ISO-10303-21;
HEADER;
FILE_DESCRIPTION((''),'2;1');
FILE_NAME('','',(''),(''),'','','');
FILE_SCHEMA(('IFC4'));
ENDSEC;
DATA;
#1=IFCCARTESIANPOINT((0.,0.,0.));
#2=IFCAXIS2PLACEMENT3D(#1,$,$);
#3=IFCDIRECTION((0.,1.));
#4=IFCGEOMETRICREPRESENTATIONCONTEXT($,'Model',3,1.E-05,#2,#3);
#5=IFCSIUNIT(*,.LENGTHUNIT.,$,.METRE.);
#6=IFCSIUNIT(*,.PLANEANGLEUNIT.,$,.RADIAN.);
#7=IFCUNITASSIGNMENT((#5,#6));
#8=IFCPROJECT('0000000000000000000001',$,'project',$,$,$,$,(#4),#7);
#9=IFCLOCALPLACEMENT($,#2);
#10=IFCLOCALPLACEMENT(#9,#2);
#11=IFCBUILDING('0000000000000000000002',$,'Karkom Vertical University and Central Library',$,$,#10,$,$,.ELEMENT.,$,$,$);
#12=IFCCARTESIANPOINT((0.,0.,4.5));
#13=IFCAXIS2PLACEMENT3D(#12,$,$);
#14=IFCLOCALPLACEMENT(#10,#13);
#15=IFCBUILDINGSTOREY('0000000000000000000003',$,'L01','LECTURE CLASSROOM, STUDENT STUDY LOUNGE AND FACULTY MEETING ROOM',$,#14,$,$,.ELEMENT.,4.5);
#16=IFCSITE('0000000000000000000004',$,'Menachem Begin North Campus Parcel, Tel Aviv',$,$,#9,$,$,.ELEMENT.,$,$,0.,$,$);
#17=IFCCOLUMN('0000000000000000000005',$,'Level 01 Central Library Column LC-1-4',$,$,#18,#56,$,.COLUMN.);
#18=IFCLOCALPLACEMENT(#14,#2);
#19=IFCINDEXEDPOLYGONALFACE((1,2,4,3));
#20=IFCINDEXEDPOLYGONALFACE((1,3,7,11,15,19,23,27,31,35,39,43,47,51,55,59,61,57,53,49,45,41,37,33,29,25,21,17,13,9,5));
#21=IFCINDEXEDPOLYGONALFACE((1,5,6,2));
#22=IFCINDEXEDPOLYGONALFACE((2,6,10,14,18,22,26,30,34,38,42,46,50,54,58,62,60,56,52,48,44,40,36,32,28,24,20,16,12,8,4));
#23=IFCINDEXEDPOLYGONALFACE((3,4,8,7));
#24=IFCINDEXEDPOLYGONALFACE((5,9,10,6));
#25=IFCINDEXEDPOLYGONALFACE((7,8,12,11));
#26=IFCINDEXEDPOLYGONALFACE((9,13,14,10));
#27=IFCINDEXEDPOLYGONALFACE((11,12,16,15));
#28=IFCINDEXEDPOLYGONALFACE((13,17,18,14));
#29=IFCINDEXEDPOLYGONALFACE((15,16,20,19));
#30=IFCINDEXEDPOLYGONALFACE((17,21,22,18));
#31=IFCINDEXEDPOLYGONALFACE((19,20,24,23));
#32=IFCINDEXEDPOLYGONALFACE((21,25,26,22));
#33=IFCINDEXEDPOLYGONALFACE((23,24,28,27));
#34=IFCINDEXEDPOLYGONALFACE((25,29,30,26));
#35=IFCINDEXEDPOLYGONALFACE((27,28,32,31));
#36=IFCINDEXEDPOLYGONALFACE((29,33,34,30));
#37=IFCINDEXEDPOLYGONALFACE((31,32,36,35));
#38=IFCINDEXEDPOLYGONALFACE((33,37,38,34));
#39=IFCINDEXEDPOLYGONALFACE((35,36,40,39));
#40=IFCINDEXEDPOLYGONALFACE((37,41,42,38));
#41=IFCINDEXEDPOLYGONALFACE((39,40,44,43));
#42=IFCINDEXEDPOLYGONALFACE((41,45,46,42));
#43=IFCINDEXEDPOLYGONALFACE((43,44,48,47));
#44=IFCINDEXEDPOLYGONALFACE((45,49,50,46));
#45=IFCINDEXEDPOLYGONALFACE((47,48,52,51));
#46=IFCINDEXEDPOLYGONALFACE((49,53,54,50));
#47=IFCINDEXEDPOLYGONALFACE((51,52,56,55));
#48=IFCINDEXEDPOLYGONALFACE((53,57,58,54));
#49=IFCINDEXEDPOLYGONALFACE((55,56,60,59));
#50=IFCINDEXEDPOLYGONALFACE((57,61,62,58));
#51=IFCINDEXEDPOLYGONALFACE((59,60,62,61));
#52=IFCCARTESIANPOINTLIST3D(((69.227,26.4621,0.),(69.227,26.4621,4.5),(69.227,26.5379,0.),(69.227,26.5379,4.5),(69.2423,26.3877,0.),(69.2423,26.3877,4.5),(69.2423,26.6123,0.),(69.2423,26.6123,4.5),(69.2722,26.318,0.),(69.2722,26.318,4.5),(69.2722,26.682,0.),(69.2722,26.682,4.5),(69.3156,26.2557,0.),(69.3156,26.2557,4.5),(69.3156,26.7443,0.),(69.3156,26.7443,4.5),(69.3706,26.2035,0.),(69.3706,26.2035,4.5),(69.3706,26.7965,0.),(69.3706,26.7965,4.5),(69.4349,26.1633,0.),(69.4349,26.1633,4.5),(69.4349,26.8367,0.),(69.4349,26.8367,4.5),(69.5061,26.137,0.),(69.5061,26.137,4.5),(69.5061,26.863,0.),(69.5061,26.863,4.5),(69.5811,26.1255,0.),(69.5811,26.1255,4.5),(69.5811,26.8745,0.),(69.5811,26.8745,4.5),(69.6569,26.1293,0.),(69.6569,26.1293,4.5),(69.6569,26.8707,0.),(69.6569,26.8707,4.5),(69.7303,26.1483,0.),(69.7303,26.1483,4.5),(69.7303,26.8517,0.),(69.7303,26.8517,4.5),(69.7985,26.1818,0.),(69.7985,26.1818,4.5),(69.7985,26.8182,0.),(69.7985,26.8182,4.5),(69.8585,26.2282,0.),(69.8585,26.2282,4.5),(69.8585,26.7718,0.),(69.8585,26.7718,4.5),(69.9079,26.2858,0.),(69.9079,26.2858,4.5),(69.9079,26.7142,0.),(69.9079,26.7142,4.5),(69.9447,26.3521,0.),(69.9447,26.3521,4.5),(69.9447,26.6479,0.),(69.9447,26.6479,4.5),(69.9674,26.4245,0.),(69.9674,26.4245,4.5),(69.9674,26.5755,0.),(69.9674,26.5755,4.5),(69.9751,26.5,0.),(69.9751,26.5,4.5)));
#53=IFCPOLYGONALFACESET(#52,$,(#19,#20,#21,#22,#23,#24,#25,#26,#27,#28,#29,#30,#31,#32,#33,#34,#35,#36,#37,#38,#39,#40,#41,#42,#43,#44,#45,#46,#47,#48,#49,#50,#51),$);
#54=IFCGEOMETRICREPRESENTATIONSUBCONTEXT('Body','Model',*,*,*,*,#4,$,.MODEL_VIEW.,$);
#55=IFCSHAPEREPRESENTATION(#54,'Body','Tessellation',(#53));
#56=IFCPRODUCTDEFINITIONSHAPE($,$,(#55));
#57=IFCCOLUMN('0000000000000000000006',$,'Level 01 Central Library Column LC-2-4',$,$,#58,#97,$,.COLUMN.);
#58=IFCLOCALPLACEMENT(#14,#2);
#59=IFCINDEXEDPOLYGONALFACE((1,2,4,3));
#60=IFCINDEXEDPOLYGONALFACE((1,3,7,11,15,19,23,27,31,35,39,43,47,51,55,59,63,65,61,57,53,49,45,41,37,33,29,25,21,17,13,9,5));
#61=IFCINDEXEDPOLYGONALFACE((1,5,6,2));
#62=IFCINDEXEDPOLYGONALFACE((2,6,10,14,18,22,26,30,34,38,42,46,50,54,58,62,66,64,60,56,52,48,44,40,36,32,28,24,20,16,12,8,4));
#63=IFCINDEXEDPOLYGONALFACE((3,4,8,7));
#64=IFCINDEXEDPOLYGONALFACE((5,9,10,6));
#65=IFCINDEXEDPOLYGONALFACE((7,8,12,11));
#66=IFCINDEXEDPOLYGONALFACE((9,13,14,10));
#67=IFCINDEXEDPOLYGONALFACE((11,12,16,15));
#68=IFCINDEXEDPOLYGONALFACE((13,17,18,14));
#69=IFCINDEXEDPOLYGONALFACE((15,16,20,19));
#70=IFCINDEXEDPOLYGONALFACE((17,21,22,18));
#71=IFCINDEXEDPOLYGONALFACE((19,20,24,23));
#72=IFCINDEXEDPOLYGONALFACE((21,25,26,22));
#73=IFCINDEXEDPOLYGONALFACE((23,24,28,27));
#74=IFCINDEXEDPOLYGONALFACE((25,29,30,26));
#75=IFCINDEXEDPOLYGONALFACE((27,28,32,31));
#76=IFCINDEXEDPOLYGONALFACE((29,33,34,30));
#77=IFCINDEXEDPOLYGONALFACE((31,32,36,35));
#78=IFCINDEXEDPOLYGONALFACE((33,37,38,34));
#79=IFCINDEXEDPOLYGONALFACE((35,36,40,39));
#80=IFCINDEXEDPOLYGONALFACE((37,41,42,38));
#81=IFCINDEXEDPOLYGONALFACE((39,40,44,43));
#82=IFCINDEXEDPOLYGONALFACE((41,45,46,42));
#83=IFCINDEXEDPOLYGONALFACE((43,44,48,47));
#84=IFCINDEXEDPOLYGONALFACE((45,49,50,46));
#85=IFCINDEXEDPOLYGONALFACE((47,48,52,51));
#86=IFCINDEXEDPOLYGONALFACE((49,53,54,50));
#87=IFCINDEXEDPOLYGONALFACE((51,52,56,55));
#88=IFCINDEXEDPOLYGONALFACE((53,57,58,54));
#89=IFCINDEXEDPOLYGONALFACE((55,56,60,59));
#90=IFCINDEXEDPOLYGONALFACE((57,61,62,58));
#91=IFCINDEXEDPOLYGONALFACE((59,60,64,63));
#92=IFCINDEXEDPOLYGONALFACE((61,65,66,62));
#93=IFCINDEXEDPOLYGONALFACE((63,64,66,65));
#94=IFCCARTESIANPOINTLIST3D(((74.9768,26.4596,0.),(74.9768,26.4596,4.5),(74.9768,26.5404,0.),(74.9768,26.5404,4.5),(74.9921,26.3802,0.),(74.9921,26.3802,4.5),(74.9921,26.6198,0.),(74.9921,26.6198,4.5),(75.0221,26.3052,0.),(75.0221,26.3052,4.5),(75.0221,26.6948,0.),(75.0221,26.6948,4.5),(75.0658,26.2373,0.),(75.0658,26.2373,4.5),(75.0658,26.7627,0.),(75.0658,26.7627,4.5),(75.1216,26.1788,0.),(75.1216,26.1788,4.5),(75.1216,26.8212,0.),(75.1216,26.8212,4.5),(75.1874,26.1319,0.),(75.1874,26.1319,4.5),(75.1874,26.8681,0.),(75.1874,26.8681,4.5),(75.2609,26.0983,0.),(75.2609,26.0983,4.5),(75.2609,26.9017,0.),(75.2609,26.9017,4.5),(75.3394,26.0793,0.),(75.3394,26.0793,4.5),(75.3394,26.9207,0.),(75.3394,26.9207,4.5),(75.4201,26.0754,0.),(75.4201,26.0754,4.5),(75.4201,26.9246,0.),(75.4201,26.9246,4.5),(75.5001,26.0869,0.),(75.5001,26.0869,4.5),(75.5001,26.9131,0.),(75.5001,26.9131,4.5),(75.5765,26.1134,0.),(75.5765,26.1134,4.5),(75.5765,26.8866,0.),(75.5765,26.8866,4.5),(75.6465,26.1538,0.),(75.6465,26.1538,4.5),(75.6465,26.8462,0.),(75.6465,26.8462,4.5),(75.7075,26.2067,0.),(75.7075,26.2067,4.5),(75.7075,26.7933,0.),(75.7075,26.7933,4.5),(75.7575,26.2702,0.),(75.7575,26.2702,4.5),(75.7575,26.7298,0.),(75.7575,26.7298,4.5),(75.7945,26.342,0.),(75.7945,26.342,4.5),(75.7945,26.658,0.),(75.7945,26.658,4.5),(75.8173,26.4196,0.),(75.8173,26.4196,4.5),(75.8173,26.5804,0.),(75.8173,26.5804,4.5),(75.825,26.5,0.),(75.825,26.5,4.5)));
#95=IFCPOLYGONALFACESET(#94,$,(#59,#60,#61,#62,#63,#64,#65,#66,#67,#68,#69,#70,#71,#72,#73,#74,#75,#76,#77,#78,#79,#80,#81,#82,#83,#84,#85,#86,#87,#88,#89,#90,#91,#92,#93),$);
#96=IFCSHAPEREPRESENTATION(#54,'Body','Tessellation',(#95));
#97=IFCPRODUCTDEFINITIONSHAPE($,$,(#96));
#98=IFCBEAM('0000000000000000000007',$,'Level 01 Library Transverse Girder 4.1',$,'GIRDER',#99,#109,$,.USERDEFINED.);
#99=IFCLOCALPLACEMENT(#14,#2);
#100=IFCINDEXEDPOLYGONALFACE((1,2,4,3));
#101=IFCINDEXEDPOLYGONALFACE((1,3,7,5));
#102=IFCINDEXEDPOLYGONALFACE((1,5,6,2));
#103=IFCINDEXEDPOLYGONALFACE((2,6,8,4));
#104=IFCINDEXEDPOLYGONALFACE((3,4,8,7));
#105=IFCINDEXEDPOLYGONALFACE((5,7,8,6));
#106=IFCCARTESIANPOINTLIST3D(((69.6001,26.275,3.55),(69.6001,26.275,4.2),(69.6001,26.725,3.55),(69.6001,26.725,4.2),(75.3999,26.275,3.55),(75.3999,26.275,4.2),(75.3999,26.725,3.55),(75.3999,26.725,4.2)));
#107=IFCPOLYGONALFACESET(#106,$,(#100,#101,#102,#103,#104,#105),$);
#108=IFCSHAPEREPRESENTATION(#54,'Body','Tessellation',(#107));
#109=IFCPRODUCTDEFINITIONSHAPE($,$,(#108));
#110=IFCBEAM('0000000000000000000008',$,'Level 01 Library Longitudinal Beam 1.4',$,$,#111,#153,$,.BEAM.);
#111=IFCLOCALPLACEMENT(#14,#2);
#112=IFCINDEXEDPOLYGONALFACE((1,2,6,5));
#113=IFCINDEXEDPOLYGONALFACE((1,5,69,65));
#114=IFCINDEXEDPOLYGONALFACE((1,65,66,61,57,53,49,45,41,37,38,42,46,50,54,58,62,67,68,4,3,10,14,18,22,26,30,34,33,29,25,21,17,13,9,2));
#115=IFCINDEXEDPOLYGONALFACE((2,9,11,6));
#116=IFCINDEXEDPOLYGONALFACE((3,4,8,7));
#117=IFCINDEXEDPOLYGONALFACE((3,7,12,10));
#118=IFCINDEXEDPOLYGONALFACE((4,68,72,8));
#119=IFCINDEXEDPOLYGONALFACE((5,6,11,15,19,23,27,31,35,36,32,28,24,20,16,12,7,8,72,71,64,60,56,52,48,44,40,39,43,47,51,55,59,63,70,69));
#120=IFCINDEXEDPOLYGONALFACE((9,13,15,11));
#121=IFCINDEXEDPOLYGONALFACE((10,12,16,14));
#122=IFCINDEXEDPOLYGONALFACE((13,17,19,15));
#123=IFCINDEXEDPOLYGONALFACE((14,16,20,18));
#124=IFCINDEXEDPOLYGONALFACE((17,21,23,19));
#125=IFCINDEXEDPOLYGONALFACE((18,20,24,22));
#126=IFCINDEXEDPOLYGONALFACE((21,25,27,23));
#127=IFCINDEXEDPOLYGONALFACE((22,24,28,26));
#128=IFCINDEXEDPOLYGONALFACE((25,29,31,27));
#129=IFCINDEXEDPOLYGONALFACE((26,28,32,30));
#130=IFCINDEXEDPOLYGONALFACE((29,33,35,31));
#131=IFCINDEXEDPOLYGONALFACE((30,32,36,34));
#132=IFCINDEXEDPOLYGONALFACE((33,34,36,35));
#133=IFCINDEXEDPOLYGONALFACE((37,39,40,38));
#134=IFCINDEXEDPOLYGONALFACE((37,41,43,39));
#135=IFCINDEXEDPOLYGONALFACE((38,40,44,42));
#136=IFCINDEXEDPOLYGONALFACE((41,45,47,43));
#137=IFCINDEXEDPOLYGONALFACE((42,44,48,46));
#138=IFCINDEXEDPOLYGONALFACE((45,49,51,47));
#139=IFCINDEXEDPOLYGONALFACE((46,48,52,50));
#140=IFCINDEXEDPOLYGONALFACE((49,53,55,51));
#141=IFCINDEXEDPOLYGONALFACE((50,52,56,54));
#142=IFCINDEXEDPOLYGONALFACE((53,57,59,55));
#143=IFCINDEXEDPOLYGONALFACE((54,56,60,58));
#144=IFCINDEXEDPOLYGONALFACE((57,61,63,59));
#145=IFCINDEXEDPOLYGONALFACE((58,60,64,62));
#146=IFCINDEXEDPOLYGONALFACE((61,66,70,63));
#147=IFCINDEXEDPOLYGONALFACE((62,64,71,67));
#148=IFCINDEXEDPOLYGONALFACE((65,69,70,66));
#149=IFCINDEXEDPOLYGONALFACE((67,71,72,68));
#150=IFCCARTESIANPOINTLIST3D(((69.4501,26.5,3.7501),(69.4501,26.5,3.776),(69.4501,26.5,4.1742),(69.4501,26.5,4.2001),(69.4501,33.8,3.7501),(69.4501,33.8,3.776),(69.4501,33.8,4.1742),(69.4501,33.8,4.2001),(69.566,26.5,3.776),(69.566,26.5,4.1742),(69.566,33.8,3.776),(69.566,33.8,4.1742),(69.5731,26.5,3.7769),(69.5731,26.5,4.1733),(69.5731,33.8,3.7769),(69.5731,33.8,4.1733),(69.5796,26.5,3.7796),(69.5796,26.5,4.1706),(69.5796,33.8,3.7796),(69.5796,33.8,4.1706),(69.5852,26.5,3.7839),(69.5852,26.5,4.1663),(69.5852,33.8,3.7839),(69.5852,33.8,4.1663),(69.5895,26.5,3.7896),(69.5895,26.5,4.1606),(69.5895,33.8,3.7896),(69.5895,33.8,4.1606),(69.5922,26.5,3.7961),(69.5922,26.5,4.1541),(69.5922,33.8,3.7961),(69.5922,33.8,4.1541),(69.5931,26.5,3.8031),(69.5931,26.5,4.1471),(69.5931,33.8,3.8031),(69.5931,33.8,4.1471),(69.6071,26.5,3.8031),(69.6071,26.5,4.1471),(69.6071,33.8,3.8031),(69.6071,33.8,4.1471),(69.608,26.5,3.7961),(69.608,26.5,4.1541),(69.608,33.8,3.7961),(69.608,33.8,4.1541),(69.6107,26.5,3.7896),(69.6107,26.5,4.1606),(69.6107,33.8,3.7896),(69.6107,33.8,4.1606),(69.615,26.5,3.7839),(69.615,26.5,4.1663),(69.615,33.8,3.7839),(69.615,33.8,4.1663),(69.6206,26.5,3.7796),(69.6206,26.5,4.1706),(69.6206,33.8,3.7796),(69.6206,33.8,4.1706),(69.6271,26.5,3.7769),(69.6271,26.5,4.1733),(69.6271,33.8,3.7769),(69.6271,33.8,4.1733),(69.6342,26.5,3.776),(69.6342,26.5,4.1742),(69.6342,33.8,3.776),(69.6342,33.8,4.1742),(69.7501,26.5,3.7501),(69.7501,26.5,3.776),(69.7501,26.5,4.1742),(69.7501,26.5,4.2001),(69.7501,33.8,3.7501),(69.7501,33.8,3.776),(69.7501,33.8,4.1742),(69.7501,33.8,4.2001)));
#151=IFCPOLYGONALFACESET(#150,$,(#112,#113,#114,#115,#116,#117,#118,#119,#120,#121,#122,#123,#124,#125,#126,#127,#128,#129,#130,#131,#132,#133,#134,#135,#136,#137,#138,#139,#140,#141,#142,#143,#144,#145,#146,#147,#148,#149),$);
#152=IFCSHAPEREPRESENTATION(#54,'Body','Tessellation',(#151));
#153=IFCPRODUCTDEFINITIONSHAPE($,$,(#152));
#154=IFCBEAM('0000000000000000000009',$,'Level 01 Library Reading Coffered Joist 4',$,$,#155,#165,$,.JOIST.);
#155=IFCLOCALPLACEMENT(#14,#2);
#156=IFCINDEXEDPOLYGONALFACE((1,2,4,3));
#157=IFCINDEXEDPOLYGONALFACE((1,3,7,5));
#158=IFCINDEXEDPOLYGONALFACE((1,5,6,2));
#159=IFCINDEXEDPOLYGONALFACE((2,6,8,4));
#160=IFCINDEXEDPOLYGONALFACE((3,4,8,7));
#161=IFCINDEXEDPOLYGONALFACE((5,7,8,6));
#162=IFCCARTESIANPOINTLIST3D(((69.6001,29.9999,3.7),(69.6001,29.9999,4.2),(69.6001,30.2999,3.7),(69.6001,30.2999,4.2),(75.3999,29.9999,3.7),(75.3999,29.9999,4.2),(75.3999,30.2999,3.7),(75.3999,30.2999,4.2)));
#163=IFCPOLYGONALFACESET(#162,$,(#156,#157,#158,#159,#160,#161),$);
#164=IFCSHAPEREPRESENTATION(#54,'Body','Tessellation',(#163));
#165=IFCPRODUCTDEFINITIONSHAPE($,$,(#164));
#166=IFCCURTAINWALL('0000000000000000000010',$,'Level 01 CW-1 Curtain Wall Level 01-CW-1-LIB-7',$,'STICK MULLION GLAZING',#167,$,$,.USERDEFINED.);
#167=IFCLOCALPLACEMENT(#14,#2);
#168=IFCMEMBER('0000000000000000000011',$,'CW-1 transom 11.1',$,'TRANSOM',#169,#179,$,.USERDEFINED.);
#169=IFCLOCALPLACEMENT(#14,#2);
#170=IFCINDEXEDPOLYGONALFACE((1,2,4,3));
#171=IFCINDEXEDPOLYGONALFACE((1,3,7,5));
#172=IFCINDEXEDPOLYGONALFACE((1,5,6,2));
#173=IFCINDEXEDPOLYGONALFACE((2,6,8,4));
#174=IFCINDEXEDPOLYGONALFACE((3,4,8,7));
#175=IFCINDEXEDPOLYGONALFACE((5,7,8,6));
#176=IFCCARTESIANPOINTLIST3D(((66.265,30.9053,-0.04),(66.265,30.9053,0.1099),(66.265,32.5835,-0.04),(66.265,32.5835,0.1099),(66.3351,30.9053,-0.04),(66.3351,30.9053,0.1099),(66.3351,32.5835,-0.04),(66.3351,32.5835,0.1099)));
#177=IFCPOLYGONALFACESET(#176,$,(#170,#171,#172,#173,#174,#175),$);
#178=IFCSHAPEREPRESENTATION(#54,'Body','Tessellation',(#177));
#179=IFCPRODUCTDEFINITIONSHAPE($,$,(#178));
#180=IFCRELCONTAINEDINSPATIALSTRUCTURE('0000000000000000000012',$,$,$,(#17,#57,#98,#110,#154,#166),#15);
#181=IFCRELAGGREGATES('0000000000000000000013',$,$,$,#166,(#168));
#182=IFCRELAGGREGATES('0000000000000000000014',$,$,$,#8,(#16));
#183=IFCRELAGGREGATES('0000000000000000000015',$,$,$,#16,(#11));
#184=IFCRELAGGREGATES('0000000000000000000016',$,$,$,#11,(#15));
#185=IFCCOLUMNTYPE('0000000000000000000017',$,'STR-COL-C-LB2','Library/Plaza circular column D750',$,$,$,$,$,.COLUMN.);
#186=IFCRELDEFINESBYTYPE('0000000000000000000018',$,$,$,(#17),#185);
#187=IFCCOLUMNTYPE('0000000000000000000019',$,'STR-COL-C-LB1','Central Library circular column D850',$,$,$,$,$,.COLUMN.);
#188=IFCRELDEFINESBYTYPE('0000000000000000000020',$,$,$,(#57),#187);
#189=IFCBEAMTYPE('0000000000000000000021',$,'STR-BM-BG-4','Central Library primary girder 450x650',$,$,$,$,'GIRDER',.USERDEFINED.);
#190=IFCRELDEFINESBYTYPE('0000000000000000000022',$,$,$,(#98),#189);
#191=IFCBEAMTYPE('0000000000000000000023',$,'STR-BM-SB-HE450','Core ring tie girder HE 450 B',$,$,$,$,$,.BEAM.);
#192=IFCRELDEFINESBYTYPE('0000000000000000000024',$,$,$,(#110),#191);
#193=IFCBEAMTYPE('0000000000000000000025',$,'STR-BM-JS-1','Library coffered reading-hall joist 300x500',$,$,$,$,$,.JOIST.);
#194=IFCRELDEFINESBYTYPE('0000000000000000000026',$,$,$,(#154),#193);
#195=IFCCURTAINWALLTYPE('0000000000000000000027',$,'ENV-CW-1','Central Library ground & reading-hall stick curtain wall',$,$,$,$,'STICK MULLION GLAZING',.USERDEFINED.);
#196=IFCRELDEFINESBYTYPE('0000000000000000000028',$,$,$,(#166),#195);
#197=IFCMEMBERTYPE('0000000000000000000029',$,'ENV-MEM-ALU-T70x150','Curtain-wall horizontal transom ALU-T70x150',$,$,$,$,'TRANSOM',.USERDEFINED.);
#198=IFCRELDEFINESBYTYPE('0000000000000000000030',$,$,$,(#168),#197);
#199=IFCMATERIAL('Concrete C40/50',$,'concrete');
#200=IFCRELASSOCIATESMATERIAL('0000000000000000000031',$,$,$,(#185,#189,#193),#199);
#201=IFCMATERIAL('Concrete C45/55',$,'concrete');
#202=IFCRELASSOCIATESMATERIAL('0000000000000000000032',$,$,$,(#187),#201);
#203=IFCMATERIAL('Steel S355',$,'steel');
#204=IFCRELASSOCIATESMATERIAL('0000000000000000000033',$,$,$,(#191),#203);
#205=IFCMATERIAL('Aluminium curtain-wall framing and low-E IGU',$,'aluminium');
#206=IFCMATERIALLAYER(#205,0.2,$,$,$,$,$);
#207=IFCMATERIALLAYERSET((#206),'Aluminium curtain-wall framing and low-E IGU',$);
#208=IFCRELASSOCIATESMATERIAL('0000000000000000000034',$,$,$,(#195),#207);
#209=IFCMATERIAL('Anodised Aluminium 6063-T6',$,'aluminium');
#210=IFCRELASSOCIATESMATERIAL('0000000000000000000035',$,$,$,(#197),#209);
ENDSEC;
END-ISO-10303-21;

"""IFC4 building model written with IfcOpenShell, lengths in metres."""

from ifc_helpers import new_model, si_unit, direction, frame, origin, origin_with_axes, origin_2d, place, context, subcontext, project, spatial, rectangle, circle, i_section, extrude, source, transform, mapped, material, layer, layer_set, material_profile, profile_set, type_object, element, aggregate, save


model = new_model("IFC4")

# Units and contexts
model_context = context("Model", 3, precision=1e-05, world=origin(), true_north=direction((0.0, 1.0)))
body_context = subcontext(model_context, "Body", "Model", "MODEL_VIEW")
ifc_project = project(units=[si_unit("LENGTHUNIT", "METRE"), si_unit("PLANEANGLEUNIT", "RADIAN")], contexts=[model_context])

# Site, building, storey
site_placement = place(None, origin())
site = spatial("IfcSite", under=ifc_project, at=site_placement, Name="Menachem Begin North Campus Parcel, Tel Aviv", CompositionType="ELEMENT", RefElevation=0.0)
building_placement = place(site_placement, origin())
building = spatial("IfcBuilding", under=site, at=building_placement, Name="Karkom Vertical University and Central Library", CompositionType="ELEMENT")
storey_placement = place(building_placement, frame((0.0, 0.0, 4.5)))
storey = spatial("IfcBuildingStorey", under=building, at=storey_placement, Name="L01", Description="LECTURE CLASSROOM, STUDENT STUDY LOUNGE AND FACULTY MEETING ROOM", CompositionType="ELEMENT", Elevation=4.5)

# Columns
ifc_material_1 = material(Name="Concrete C40/50", Category="concrete")
ifc_material_profile_1 = material_profile(ifc_material_1, circle(Radius=0.375, at=origin_2d()), Name="RC-D750")
ifc_profile_set_1 = profile_set([ifc_material_profile_1], Name="Concrete C40/50")
column_type_1 = type_object("IfcColumnType", Name="STR-COL-C-LB2", Description="Library/Plaza circular column D750", PredefinedType="COLUMN", material=ifc_profile_set_1)
shared_shape_1 = source(origin_with_axes(), body_context, "Body", "SweptSolid", [
    extrude(circle(Radius=0.375, at=origin_2d()), origin(), (0.0, 0.0, 1.0), 4.5),
])
column_1_placement = place(storey_placement, frame((69.6001, 26.5, 0.0), z_axis=(0.0, 0.0, 1.0), x_axis=(1.0, 0.0, 0.0)))
element("IfcColumn", 1, at=column_1_placement, inside=storey, type_object=column_type_1, Name="Level 01 Central Library Column LC-1-4", PredefinedType="COLUMN", context=body_context, shape_type="MappedRepresentation", body=[
    mapped(shared_shape_1, transform((0.0, 0.0, 0.0), scale=1.0)),
])
ifc_material_2 = material(Name="Concrete C45/55", Category="concrete")
ifc_material_profile_2 = material_profile(ifc_material_2, circle(Radius=0.425, at=origin_2d()), Name="RC-D850")
ifc_profile_set_2 = profile_set([ifc_material_profile_2], Name="Concrete C45/55")
column_type_2 = type_object("IfcColumnType", Name="STR-COL-C-LB1", Description="Central Library circular column D850", PredefinedType="COLUMN", material=ifc_profile_set_2)
shared_shape_2 = source(origin_with_axes(), body_context, "Body", "SweptSolid", [
    extrude(circle(Radius=0.425, at=origin_2d()), origin(), (0.0, 0.0, 1.0), 4.5),
])
column_2_placement = place(storey_placement, frame((75.3999, 26.5, 0.0), z_axis=(0.0, 0.0, 1.0), x_axis=(1.0, 0.0, 0.0)))
element("IfcColumn", 2, at=column_2_placement, inside=storey, type_object=column_type_2, Name="Level 01 Central Library Column LC-2-4", PredefinedType="COLUMN", context=body_context, shape_type="MappedRepresentation", body=[
    mapped(shared_shape_2, transform((0.0, 0.0, 0.0), scale=1.0)),
])

# Beams
ifc_material_profile_3 = material_profile(ifc_material_1, rectangle(XDim=0.45, YDim=0.6499, at=origin_2d()), Name="RCB-450x650")
ifc_profile_set_3 = profile_set([ifc_material_profile_3], Name="Concrete C40/50")
beam_type_1 = type_object("IfcBeamType", Name="STR-BM-BG-4", Description="Central Library primary girder 450x650", ElementType="GIRDER", PredefinedType="USERDEFINED", material=ifc_profile_set_3)
shared_shape_3 = source(origin_with_axes(), body_context, "Body", "SweptSolid", [
    extrude(rectangle(XDim=0.45, YDim=0.6499, at=origin_2d()), origin(), (0.0, 0.0, 1.0), 5.7998),
])
beam_1_placement = place(storey_placement, frame((69.6001, 26.5, 3.875), z_axis=(1.0, 0.0, 0.0), x_axis=(0.0, 1.0, 0.0)))
element("IfcBeam", 3, at=beam_1_placement, inside=storey, type_object=beam_type_1, Name="Level 01 Library Transverse Girder 4.1", ObjectType="GIRDER", PredefinedType="USERDEFINED", context=body_context, shape_type="MappedRepresentation", body=[
    mapped(shared_shape_3, transform((0.0, 0.0, 0.0), scale=1.0)),
])
ifc_material_3 = material(Name="Steel S355", Category="steel")
ifc_material_profile_4 = material_profile(ifc_material_3, i_section(OverallWidth=0.3, OverallDepth=0.45, WebThickness=0.0139, FlangeThickness=0.0259, FilletRadius=0.0271, at=origin_2d()), Name="HE 450 B")
ifc_profile_set_4 = profile_set([ifc_material_profile_4], Name="Steel S355")
beam_type_2 = type_object("IfcBeamType", Name="STR-BM-SB-HE450", Description="Core ring tie girder HE 450 B", PredefinedType="BEAM", material=ifc_profile_set_4)
shared_shape_4 = source(origin_with_axes(), body_context, "Body", "SweptSolid", [
    extrude(i_section(OverallWidth=0.3, OverallDepth=0.45, WebThickness=0.0139, FlangeThickness=0.0259, FilletRadius=0.0271, at=origin_2d()), origin(), (0.0, 0.0, 1.0), 7.3),
])
beam_2_placement = place(storey_placement, frame((69.6001, 26.5, 3.9751), z_axis=(0.0, 1.0, 0.0), x_axis=(-1.0, 0.0, 0.0)))
element("IfcBeam", 4, at=beam_2_placement, inside=storey, type_object=beam_type_2, Name="Level 01 Library Longitudinal Beam 1.4", PredefinedType="BEAM", context=body_context, shape_type="MappedRepresentation", body=[
    mapped(shared_shape_4, transform((0.0, 0.0, 0.0), scale=1.0)),
])
ifc_material_profile_5 = material_profile(ifc_material_1, rectangle(XDim=0.3, YDim=0.5, at=origin_2d()), Name="RCJ-300x500")
ifc_profile_set_5 = profile_set([ifc_material_profile_5], Name="Concrete C40/50")
beam_type_3 = type_object("IfcBeamType", Name="STR-BM-JS-1", Description="Library coffered reading-hall joist 300x500", PredefinedType="JOIST", material=ifc_profile_set_5)
shared_shape_5 = source(origin_with_axes(), body_context, "Body", "SweptSolid", [
    extrude(rectangle(XDim=0.3, YDim=0.5, at=origin_2d()), origin(), (0.0, 0.0, 1.0), 5.7998),
])
beam_3_placement = place(storey_placement, frame((69.6001, 30.1499, 3.95), z_axis=(1.0, 0.0, 0.0), x_axis=(0.0, 1.0, 0.0)))
element("IfcBeam", 5, at=beam_3_placement, inside=storey, type_object=beam_type_3, Name="Level 01 Library Reading Coffered Joist 4", PredefinedType="JOIST", context=body_context, shape_type="MappedRepresentation", body=[
    mapped(shared_shape_5, transform((0.0, 0.0, 0.0), scale=1.0)),
])

# Curtain wall, member
ifc_material_4 = material(Name="Aluminium curtain-wall framing and low-E IGU", Category="aluminium")
ifc_layer_1 = layer(ifc_material_4, 0.2)
ifc_layer_set_1 = layer_set([ifc_layer_1], Name="Aluminium curtain-wall framing and low-E IGU")
curtain_wall_type = type_object("IfcCurtainWallType", Name="ENV-CW-1", Description="Central Library ground & reading-hall stick curtain wall", ElementType="STICK MULLION GLAZING", PredefinedType="USERDEFINED", material=ifc_layer_set_1)
curtain_wall_placement = place(storey_placement, origin())
curtain_wall = element("IfcCurtainWall", 6, at=curtain_wall_placement, inside=storey, type_object=curtain_wall_type, Name="Level 01 CW-1 Curtain Wall Level 01-CW-1-LIB-7", ObjectType="STICK MULLION GLAZING", PredefinedType="USERDEFINED")
ifc_material_5 = material(Name="Anodised Aluminium 6063-T6", Category="aluminium")
ifc_material_profile_6 = material_profile(ifc_material_5, rectangle(XDim=0.0701, YDim=0.1499, at=origin_2d()), Name="ALU-T70x150")
ifc_profile_set_6 = profile_set([ifc_material_profile_6], Name="Anodised Aluminium 6063-T6")
member_type = type_object("IfcMemberType", Name="ENV-MEM-ALU-T70x150", Description="Curtain-wall horizontal transom ALU-T70x150", ElementType="TRANSOM", PredefinedType="USERDEFINED", material=ifc_profile_set_6)
shared_shape_6 = source(origin_with_axes(), body_context, "Body", "SweptSolid", [
    extrude(rectangle(XDim=0.0701, YDim=0.1499, at=origin_2d()), origin(), (0.0, 0.0, 1.0), 1.6782),
])
member_1_placement = place(storey_placement, frame((66.3, 32.5835, 0.0349), z_axis=(0.0, -1.0, 0.0), x_axis=(1.0, 0.0, 0.0)))
member_1 = element("IfcMember", 7, at=member_1_placement, type_object=member_type, Name="CW-1 transom 11.1", ObjectType="TRANSOM", PredefinedType="USERDEFINED", context=body_context, shape_type="MappedRepresentation", body=[
    mapped(shared_shape_6, transform((0.0, 0.0, 0.0), scale=1.0)),
])
aggregate(curtain_wall, [member_1])

save(model, "model.ifc")
